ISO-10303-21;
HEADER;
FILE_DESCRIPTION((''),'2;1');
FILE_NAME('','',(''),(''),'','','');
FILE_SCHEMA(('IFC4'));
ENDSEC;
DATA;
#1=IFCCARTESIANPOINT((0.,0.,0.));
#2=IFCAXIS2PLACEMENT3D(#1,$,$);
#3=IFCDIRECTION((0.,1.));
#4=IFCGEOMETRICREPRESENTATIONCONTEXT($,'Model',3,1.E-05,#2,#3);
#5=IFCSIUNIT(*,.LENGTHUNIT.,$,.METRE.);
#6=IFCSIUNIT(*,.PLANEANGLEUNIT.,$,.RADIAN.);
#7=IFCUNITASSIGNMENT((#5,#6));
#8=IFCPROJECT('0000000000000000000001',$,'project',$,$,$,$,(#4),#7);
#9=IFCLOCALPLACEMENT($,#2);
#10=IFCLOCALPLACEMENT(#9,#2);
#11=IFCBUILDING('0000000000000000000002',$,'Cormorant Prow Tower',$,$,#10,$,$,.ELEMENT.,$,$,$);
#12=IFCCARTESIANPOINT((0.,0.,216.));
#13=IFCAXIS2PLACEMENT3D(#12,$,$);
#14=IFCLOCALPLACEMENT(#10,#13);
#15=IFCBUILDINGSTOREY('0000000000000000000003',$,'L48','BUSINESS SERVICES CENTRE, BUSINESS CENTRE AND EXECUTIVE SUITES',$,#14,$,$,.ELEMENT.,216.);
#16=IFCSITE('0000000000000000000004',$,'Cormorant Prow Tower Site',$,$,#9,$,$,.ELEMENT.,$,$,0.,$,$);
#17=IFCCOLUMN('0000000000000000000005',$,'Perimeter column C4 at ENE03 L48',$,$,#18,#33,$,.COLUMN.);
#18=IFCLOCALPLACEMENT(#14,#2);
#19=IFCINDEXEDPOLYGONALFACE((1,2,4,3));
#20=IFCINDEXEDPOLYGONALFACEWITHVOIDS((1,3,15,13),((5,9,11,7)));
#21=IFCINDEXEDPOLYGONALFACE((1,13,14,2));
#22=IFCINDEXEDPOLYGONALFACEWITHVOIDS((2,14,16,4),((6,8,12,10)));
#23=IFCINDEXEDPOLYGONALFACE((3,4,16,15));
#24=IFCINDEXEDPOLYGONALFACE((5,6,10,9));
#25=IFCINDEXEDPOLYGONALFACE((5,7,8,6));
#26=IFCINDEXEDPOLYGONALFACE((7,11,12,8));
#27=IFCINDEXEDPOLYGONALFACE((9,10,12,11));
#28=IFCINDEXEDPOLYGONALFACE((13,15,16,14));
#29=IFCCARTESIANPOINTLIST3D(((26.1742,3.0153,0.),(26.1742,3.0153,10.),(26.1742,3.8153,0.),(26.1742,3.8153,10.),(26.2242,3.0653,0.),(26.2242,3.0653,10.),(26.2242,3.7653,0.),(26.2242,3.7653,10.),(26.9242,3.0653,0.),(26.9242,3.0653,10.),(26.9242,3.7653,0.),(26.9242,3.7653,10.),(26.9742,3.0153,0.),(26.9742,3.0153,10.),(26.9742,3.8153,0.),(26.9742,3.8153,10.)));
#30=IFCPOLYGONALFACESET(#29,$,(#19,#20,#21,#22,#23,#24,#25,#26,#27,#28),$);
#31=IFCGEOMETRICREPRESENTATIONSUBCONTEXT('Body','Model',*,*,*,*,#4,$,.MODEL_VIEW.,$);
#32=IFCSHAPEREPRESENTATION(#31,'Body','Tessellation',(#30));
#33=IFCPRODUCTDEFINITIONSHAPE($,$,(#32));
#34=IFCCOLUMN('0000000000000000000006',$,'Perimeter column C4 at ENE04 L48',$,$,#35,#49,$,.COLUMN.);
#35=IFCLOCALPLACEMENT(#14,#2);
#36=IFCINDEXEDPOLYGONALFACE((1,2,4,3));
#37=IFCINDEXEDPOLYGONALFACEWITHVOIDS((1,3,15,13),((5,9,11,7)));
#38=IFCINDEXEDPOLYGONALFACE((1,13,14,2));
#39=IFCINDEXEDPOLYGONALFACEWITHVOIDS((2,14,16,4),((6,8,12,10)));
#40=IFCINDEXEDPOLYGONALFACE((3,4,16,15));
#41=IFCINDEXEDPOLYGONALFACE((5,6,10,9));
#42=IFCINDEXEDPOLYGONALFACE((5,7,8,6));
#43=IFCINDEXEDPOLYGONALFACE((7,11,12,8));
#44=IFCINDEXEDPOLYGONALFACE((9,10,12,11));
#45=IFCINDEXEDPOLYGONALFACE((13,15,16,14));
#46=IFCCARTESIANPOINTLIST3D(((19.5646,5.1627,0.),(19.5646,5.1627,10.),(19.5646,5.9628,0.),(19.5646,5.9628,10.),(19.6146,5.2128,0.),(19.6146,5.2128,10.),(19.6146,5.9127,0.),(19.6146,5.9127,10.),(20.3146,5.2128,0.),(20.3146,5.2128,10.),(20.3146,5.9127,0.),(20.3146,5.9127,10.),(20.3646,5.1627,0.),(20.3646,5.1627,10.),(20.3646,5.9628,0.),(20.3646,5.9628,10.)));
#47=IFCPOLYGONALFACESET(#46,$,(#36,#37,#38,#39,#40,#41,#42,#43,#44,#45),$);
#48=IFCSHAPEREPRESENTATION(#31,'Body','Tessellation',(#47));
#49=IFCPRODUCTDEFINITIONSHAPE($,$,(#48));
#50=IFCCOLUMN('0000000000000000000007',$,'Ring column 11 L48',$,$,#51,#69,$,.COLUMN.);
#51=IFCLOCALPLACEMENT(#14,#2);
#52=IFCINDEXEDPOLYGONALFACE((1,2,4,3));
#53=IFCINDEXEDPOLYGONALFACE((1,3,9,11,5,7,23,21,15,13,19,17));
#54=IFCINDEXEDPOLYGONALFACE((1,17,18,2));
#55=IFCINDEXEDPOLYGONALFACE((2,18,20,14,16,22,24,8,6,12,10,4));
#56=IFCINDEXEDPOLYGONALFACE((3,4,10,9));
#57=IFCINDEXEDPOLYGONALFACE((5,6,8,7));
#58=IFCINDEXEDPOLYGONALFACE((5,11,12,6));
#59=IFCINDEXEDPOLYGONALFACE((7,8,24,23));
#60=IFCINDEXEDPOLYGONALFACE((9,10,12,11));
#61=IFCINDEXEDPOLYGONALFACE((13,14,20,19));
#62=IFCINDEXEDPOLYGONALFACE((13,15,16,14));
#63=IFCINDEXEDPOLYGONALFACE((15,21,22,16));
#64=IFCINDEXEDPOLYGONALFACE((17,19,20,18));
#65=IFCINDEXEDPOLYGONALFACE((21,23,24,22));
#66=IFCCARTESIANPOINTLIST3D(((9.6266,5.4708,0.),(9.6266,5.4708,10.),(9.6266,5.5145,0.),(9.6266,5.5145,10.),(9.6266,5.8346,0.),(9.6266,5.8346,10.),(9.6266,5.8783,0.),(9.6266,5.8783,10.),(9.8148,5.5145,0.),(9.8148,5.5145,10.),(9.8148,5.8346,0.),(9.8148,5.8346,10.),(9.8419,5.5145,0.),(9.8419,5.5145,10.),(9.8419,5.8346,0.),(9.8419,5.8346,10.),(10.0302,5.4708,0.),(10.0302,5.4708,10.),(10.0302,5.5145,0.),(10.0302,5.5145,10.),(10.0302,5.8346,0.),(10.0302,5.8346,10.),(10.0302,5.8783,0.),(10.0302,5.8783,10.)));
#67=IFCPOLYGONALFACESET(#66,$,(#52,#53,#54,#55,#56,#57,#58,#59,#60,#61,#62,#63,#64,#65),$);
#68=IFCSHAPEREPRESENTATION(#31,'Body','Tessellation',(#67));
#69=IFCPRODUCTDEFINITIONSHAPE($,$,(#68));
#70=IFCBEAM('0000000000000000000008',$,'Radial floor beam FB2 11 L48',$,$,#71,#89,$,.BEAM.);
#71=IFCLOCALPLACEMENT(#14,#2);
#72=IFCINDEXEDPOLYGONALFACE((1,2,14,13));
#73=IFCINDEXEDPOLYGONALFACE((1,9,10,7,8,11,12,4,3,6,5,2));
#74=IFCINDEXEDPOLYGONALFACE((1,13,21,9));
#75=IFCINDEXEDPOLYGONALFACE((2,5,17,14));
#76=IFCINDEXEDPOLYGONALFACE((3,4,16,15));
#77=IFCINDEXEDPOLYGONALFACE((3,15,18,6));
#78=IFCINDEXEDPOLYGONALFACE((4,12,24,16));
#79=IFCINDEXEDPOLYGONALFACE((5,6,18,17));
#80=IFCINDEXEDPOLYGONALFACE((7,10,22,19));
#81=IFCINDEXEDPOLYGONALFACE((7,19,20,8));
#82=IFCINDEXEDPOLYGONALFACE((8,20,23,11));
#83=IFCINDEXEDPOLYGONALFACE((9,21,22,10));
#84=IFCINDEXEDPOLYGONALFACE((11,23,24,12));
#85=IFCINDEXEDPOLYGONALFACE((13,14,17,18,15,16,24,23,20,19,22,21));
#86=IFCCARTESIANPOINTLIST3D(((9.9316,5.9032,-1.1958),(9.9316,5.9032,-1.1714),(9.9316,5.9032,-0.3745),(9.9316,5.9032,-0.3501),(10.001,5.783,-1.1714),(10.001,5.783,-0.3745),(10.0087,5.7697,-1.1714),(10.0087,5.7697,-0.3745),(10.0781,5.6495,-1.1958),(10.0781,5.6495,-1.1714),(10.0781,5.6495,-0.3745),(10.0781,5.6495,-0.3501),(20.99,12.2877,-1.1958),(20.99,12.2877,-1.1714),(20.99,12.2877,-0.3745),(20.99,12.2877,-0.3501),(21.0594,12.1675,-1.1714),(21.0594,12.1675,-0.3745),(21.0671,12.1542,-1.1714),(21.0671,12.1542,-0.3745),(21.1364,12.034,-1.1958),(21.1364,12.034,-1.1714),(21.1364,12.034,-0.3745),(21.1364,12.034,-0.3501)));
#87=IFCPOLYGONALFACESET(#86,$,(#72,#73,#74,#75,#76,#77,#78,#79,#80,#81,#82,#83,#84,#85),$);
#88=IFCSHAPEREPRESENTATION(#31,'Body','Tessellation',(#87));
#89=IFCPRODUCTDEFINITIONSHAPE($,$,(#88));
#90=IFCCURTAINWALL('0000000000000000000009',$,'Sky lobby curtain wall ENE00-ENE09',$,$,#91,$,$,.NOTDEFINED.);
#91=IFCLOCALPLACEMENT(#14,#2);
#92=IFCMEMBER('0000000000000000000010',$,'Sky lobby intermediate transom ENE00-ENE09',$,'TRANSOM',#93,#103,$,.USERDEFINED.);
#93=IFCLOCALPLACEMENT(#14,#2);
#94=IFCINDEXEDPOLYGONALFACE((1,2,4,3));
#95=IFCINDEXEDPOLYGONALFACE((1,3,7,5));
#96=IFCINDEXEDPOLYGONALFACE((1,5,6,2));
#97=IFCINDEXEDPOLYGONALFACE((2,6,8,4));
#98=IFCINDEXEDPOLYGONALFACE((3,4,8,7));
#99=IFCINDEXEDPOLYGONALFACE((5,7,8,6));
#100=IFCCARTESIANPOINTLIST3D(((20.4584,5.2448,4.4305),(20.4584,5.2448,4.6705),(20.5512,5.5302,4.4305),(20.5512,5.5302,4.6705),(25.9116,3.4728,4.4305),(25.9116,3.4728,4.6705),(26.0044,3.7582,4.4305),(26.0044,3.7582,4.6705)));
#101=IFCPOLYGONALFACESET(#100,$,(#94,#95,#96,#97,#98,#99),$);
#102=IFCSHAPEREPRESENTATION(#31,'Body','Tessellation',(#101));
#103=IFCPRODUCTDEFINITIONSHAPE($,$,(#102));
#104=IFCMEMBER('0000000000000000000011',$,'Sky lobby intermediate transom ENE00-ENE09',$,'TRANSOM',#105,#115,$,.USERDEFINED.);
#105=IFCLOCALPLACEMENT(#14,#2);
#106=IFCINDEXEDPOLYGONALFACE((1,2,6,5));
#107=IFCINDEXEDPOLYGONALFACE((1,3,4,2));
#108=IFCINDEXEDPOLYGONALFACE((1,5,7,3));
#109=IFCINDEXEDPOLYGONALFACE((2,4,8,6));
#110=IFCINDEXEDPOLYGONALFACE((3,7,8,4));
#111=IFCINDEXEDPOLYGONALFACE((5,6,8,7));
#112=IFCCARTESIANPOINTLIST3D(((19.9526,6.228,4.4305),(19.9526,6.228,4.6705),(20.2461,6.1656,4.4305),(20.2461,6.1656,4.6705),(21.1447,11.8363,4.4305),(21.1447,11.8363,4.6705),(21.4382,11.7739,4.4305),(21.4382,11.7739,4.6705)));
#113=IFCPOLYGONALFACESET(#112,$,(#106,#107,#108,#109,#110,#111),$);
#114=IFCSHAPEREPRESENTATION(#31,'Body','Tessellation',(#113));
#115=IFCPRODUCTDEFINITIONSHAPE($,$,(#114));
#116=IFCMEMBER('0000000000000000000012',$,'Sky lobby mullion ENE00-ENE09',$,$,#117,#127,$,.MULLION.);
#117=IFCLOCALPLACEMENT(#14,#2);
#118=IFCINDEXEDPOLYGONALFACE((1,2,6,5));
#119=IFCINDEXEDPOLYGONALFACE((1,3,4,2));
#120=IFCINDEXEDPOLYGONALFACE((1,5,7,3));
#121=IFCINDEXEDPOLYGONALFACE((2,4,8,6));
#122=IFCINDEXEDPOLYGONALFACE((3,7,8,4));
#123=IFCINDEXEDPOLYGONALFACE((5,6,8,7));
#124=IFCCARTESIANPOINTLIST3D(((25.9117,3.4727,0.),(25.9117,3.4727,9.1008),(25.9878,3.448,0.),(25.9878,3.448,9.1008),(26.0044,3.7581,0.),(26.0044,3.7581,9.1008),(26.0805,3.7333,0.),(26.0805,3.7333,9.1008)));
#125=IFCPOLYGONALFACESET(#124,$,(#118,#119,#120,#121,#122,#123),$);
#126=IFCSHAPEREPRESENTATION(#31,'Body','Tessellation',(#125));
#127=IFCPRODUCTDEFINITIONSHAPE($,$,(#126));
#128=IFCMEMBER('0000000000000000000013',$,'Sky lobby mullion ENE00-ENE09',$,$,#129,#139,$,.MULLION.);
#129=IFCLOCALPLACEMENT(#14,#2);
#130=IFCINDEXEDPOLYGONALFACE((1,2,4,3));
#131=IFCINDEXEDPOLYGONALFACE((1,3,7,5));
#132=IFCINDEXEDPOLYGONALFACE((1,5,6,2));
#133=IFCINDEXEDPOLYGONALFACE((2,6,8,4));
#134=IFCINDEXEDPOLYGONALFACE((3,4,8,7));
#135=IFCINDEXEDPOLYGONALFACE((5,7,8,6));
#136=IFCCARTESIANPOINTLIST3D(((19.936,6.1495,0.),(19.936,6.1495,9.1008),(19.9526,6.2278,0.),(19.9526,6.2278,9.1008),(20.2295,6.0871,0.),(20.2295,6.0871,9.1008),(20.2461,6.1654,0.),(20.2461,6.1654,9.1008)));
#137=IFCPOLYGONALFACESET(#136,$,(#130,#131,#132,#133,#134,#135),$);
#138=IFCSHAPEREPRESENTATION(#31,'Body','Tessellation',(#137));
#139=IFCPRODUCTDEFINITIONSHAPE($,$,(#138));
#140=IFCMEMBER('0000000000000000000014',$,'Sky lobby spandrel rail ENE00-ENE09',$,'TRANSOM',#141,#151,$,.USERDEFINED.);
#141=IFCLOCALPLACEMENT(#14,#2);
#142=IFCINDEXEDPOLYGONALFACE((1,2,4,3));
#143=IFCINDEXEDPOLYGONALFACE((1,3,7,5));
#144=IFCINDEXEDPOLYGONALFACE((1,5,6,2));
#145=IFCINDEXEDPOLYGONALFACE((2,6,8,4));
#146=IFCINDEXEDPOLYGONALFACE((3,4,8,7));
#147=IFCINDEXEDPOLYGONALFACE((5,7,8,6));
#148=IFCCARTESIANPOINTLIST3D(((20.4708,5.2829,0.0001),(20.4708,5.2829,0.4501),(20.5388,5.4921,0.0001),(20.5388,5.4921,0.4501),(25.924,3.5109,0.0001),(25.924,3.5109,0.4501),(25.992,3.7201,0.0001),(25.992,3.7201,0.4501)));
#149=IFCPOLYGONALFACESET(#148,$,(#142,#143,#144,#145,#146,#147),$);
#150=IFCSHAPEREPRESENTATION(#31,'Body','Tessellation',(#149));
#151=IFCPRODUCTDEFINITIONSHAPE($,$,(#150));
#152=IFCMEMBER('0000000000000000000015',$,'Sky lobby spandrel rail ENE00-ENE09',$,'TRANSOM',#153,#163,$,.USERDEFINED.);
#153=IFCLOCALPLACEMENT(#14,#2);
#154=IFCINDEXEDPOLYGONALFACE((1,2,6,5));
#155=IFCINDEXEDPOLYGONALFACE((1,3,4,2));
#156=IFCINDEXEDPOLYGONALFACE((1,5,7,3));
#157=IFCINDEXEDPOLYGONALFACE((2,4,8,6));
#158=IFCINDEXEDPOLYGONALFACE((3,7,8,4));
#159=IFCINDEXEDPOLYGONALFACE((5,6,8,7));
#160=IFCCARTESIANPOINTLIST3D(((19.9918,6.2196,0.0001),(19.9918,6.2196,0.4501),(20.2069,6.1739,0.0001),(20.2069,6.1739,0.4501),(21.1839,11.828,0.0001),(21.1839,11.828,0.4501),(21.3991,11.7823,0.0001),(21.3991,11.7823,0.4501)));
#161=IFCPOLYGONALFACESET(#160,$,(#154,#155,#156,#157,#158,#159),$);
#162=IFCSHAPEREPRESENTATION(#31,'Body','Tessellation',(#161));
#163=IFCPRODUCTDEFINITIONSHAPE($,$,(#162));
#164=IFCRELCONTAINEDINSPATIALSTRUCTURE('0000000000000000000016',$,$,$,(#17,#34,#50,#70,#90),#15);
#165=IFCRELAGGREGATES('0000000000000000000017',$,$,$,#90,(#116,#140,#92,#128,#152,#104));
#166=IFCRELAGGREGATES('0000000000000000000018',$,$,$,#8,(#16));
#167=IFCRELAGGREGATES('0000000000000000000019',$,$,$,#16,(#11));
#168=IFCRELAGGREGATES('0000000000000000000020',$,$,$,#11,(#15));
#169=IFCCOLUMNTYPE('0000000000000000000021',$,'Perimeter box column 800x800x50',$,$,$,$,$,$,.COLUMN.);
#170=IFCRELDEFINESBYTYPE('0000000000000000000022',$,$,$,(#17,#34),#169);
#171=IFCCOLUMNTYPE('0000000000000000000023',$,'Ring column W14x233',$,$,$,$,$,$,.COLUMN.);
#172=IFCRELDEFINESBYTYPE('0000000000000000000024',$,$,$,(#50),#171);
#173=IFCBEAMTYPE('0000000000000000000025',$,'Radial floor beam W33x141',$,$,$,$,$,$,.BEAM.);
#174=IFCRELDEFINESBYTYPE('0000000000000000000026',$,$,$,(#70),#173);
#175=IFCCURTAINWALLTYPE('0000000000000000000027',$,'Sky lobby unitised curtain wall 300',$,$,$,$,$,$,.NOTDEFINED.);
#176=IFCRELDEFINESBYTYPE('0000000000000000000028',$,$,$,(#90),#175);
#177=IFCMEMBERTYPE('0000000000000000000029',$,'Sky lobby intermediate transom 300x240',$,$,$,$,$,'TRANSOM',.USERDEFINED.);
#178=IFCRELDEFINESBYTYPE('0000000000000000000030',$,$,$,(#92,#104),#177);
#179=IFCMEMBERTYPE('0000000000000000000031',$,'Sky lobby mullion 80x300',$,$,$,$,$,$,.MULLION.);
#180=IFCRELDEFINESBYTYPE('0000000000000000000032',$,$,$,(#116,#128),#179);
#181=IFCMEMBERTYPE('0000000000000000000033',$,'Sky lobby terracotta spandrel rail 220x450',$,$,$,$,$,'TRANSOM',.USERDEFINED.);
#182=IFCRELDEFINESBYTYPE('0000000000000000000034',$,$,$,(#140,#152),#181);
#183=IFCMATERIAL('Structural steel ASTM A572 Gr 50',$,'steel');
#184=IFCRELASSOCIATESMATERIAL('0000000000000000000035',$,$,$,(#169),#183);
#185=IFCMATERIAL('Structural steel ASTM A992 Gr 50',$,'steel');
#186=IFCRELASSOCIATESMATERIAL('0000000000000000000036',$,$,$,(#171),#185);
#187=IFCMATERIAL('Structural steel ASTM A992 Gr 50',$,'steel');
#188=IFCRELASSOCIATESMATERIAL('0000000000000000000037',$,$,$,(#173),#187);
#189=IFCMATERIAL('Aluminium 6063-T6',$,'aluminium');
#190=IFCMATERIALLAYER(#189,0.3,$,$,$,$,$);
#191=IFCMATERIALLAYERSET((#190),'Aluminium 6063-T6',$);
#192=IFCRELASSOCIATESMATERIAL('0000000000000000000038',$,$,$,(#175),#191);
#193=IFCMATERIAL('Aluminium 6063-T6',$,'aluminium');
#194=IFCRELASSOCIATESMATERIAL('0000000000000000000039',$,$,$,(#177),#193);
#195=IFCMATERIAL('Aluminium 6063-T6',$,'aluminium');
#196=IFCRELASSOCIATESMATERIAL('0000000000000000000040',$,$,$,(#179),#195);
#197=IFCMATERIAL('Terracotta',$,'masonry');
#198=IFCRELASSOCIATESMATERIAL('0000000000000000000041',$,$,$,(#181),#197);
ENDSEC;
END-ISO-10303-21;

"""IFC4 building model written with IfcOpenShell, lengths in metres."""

from ifc_helpers import new_model, si_unit, direction, frame, origin, origin_2d, place, context, subcontext, project, spatial, rectangle, hollow_rectangle, i_section, extrude, material, layer, layer_set, material_profile, profile_set, type_object, element, aggregate, save


model = new_model("IFC4")

# Units and contexts
model_context = context("Model", 3, precision=1e-05, world=origin(), true_north=direction((0.0, 1.0)))
body_context = subcontext(model_context, "Body", "Model", "MODEL_VIEW")
ifc_project = project(units=[si_unit("LENGTHUNIT", "METRE"), si_unit("PLANEANGLEUNIT", "RADIAN")], contexts=[model_context])

# Site, building, storey
site_placement = place(None, origin())
site = spatial("IfcSite", under=ifc_project, at=site_placement, Name="Cormorant Prow Tower Site", CompositionType="ELEMENT", RefElevation=0.0)
building_placement = place(site_placement, origin())
building = spatial("IfcBuilding", under=site, at=building_placement, Name="Cormorant Prow Tower", CompositionType="ELEMENT")
storey_placement = place(building_placement, frame((0.0, 0.0, 216.0)))
storey = spatial("IfcBuildingStorey", under=building, at=storey_placement, Name="L48", Description="BUSINESS SERVICES CENTRE, BUSINESS CENTRE AND EXECUTIVE SUITES", CompositionType="ELEMENT", Elevation=216.0)

# Columns
ifc_material_1 = material(Name="Structural steel ASTM A572 Gr 50", Category="steel")
ifc_material_profile_1 = material_profile(ifc_material_1, hollow_rectangle(XDim=0.8, YDim=0.8, WallThickness=0.05, at=origin_2d()), Name="Box 800x800x50")
ifc_profile_set_1 = profile_set([ifc_material_profile_1], Name="Structural steel ASTM A572 Gr 50")
column_type_1 = type_object("IfcColumnType", Name="Perimeter box column 800x800x50", PredefinedType="COLUMN", material=ifc_profile_set_1)
for number, where, z_axis, x_axis, name in (
    (1, (26.5742, 3.4153, 0.0), (0.0, 0.0, 1.0), (1.0, 0.0, 0.0), "Perimeter column C4 at ENE03 L48"),
    (2, (19.9646, 5.5627, 0.0), (0.0, 0.0, 1.0), (1.0, 0.0, 0.0), "Perimeter column C4 at ENE04 L48"),
):
    element("IfcColumn", number, at=place(storey_placement, frame(where, z_axis=z_axis, x_axis=x_axis)), inside=storey, type_object=column_type_1, Name=name, PredefinedType="COLUMN", context=body_context, shape_type="SweptSolid", body=[
        extrude(hollow_rectangle(XDim=0.8, YDim=0.8, WallThickness=0.05, at=origin_2d()), origin(), (0.0, 0.0, 1.0), 10.0),
    ])
ifc_material_2 = material(Name="Structural steel ASTM A992 Gr 50", Category="steel")
ifc_material_profile_2 = material_profile(ifc_material_2, i_section(OverallWidth=0.4036, OverallDepth=0.4075, WebThickness=0.0271, FlangeThickness=0.0437, at=origin_2d()), Name="W14x233")
ifc_profile_set_2 = profile_set([ifc_material_profile_2], Name="Structural steel ASTM A992 Gr 50")
column_type_2 = type_object("IfcColumnType", Name="Ring column W14x233", PredefinedType="COLUMN", material=ifc_profile_set_2)
column_placement = place(storey_placement, frame((9.8284, 5.6746, 0.0), z_axis=(0.0, 0.0, 1.0), x_axis=(1.0, 0.0, 0.0)))
element("IfcColumn", 3, at=column_placement, inside=storey, type_object=column_type_2, Name="Ring column 11 L48", PredefinedType="COLUMN", context=body_context, shape_type="SweptSolid", body=[
    extrude(i_section(OverallWidth=0.4036, OverallDepth=0.4075, WebThickness=0.0271, FlangeThickness=0.0437, at=origin_2d()), origin(), (0.0, 0.0, 1.0), 10.0),
])

# Beam
ifc_material_3 = material(Name="Structural steel ASTM A992 Gr 50", Category="steel")
ifc_material_profile_3 = material_profile(ifc_material_3, i_section(OverallWidth=0.293, OverallDepth=0.8457, WebThickness=0.0154, FlangeThickness=0.0244, at=origin_2d()), Name="W33x141")
ifc_profile_set_3 = profile_set([ifc_material_profile_3], Name="Structural steel ASTM A992 Gr 50")
beam_type_1 = type_object("IfcBeamType", Name="Radial floor beam W33x141", PredefinedType="BEAM", material=ifc_profile_set_3)
beam_1_placement = place(storey_placement, frame((10.0049, 5.7764, -0.7729), z_axis=(0.866026, 0.499999, 0.0), x_axis=(-0.499999, 0.866026, 0.0)))
element("IfcBeam", 4, at=beam_1_placement, inside=storey, type_object=beam_type_1, Name="Radial floor beam FB2 11 L48", PredefinedType="BEAM", context=body_context, shape_type="SweptSolid", body=[
    extrude(i_section(OverallWidth=0.293, OverallDepth=0.8457, WebThickness=0.0154, FlangeThickness=0.0244, at=origin_2d()), origin(), (0.0, 0.0, 1.0), 12.769),
])

# Curtain wall, members
ifc_material_4 = material(Name="Aluminium 6063-T6", Category="aluminium")
ifc_layer_1 = layer(ifc_material_4, 0.3)
ifc_layer_set_1 = layer_set([ifc_layer_1], Name="Aluminium 6063-T6")
curtain_wall_type = type_object("IfcCurtainWallType", Name="Sky lobby unitised curtain wall 300", PredefinedType="NOTDEFINED", material=ifc_layer_set_1)
curtain_wall_placement = place(storey_placement, origin())
curtain_wall = element("IfcCurtainWall", 5, at=curtain_wall_placement, inside=storey, type_object=curtain_wall_type, Name="Sky lobby curtain wall ENE00-ENE09", PredefinedType="NOTDEFINED")
ifc_material_5 = material(Name="Aluminium 6063-T6", Category="aluminium")
ifc_material_profile_4 = material_profile(ifc_material_5, rectangle(XDim=0.3, YDim=0.24, at=origin_2d()), Name="Sky lobby intermediate transom 300x240")
ifc_profile_set_4 = profile_set([ifc_material_profile_4], Name="Aluminium 6063-T6")
member_type_1 = type_object("IfcMemberType", Name="Sky lobby intermediate transom 300x240", ElementType="TRANSOM", PredefinedType="USERDEFINED", material=ifc_profile_set_4)
member_1_placement = place(storey_placement, frame((25.958, 3.6155, 4.5505), z_axis=(-0.951049, 0.30904, 0.0), x_axis=(-0.30904, -0.951049, 0.0)))
member_1 = element("IfcMember", 6, at=member_1_placement, type_object=member_type_1, Name="Sky lobby intermediate transom ENE00-ENE09", ObjectType="TRANSOM", PredefinedType="USERDEFINED", context=body_context, shape_type="SweptSolid", body=[
    extrude(rectangle(XDim=0.3, YDim=0.24, at=origin_2d()), origin(), (0.0, 0.0, 1.0), 5.7339),
])
member_2_placement = place(storey_placement, frame((20.0994, 6.1968, 4.5505), z_axis=(0.207918, 0.978146, 0.0), x_axis=(-0.978146, 0.207918, 0.0)))
member_2 = element("IfcMember", 7, at=member_2_placement, type_object=member_type_1, Name="Sky lobby intermediate transom ENE00-ENE09", ObjectType="TRANSOM", PredefinedType="USERDEFINED", context=body_context, shape_type="SweptSolid", body=[
    extrude(rectangle(XDim=0.3, YDim=0.24, at=origin_2d()), origin(), (0.0, 0.0, 1.0), 5.7336),
])
ifc_material_6 = material(Name="Aluminium 6063-T6", Category="aluminium")
ifc_material_profile_5 = material_profile(ifc_material_6, rectangle(XDim=0.3, YDim=0.0801, at=origin_2d()), Name="Sky lobby mullion 80x300")
ifc_profile_set_5 = profile_set([ifc_material_profile_5], Name="Aluminium 6063-T6")
member_type_2 = type_object("IfcMemberType", Name="Sky lobby mullion 80x300", PredefinedType="MULLION", material=ifc_profile_set_5)
member_3_placement = place(storey_placement, frame((25.9961, 3.603, 0.0), z_axis=(0.0, 0.0, 1.0), x_axis=(-0.309017, -0.951057, 0.0)))
member_3 = element("IfcMember", 8, at=member_3_placement, type_object=member_type_2, Name="Sky lobby mullion ENE00-ENE09", PredefinedType="MULLION", context=body_context, shape_type="SweptSolid", body=[
    extrude(rectangle(XDim=0.3, YDim=0.0801, at=origin_2d()), origin(), (0.0, 0.0, 1.0), 9.1008),
])
member_4_placement = place(storey_placement, frame((20.0911, 6.1575, 0.0), z_axis=(0.0, 0.0, 1.0), x_axis=(-0.978148, 0.207912, 0.0)))
member_4 = element("IfcMember", 9, at=member_4_placement, type_object=member_type_2, Name="Sky lobby mullion ENE00-ENE09", PredefinedType="MULLION", context=body_context, shape_type="SweptSolid", body=[
    extrude(rectangle(XDim=0.3, YDim=0.0801, at=origin_2d()), origin(), (0.0, 0.0, 1.0), 9.1008),
])
ifc_material_7 = material(Name="Terracotta", Category="masonry")
ifc_material_profile_6 = material_profile(ifc_material_7, rectangle(XDim=0.22, YDim=0.45, at=origin_2d()), Name="Sky lobby terracotta spandrel rail 220x450")
ifc_profile_set_6 = profile_set([ifc_material_profile_6], Name="Terracotta")
member_type_3 = type_object("IfcMemberType", Name="Sky lobby terracotta spandrel rail 220x450", ElementType="TRANSOM", PredefinedType="USERDEFINED", material=ifc_profile_set_6)
member_5_placement = place(storey_placement, frame((25.958, 3.6155, 0.2251), z_axis=(-0.951049, 0.30904, 0.0), x_axis=(-0.30904, -0.951049, 0.0)))
member_5 = element("IfcMember", 10, at=member_5_placement, type_object=member_type_3, Name="Sky lobby spandrel rail ENE00-ENE09", ObjectType="TRANSOM", PredefinedType="USERDEFINED", context=body_context, shape_type="SweptSolid", body=[
    extrude(rectangle(XDim=0.22, YDim=0.45, at=origin_2d()), origin(), (0.0, 0.0, 1.0), 5.7339),
])
member_6_placement = place(storey_placement, frame((20.0994, 6.1968, 0.2251), z_axis=(0.207918, 0.978146, 0.0), x_axis=(-0.978146, 0.207918, 0.0)))
member_6 = element("IfcMember", 11, at=member_6_placement, type_object=member_type_3, Name="Sky lobby spandrel rail ENE00-ENE09", ObjectType="TRANSOM", PredefinedType="USERDEFINED", context=body_context, shape_type="SweptSolid", body=[
    extrude(rectangle(XDim=0.22, YDim=0.45, at=origin_2d()), origin(), (0.0, 0.0, 1.0), 5.7336),
])

aggregate(curtain_wall, [member_3, member_5, member_1, member_4, member_6, member_2])

save(model, "model.ifc")
